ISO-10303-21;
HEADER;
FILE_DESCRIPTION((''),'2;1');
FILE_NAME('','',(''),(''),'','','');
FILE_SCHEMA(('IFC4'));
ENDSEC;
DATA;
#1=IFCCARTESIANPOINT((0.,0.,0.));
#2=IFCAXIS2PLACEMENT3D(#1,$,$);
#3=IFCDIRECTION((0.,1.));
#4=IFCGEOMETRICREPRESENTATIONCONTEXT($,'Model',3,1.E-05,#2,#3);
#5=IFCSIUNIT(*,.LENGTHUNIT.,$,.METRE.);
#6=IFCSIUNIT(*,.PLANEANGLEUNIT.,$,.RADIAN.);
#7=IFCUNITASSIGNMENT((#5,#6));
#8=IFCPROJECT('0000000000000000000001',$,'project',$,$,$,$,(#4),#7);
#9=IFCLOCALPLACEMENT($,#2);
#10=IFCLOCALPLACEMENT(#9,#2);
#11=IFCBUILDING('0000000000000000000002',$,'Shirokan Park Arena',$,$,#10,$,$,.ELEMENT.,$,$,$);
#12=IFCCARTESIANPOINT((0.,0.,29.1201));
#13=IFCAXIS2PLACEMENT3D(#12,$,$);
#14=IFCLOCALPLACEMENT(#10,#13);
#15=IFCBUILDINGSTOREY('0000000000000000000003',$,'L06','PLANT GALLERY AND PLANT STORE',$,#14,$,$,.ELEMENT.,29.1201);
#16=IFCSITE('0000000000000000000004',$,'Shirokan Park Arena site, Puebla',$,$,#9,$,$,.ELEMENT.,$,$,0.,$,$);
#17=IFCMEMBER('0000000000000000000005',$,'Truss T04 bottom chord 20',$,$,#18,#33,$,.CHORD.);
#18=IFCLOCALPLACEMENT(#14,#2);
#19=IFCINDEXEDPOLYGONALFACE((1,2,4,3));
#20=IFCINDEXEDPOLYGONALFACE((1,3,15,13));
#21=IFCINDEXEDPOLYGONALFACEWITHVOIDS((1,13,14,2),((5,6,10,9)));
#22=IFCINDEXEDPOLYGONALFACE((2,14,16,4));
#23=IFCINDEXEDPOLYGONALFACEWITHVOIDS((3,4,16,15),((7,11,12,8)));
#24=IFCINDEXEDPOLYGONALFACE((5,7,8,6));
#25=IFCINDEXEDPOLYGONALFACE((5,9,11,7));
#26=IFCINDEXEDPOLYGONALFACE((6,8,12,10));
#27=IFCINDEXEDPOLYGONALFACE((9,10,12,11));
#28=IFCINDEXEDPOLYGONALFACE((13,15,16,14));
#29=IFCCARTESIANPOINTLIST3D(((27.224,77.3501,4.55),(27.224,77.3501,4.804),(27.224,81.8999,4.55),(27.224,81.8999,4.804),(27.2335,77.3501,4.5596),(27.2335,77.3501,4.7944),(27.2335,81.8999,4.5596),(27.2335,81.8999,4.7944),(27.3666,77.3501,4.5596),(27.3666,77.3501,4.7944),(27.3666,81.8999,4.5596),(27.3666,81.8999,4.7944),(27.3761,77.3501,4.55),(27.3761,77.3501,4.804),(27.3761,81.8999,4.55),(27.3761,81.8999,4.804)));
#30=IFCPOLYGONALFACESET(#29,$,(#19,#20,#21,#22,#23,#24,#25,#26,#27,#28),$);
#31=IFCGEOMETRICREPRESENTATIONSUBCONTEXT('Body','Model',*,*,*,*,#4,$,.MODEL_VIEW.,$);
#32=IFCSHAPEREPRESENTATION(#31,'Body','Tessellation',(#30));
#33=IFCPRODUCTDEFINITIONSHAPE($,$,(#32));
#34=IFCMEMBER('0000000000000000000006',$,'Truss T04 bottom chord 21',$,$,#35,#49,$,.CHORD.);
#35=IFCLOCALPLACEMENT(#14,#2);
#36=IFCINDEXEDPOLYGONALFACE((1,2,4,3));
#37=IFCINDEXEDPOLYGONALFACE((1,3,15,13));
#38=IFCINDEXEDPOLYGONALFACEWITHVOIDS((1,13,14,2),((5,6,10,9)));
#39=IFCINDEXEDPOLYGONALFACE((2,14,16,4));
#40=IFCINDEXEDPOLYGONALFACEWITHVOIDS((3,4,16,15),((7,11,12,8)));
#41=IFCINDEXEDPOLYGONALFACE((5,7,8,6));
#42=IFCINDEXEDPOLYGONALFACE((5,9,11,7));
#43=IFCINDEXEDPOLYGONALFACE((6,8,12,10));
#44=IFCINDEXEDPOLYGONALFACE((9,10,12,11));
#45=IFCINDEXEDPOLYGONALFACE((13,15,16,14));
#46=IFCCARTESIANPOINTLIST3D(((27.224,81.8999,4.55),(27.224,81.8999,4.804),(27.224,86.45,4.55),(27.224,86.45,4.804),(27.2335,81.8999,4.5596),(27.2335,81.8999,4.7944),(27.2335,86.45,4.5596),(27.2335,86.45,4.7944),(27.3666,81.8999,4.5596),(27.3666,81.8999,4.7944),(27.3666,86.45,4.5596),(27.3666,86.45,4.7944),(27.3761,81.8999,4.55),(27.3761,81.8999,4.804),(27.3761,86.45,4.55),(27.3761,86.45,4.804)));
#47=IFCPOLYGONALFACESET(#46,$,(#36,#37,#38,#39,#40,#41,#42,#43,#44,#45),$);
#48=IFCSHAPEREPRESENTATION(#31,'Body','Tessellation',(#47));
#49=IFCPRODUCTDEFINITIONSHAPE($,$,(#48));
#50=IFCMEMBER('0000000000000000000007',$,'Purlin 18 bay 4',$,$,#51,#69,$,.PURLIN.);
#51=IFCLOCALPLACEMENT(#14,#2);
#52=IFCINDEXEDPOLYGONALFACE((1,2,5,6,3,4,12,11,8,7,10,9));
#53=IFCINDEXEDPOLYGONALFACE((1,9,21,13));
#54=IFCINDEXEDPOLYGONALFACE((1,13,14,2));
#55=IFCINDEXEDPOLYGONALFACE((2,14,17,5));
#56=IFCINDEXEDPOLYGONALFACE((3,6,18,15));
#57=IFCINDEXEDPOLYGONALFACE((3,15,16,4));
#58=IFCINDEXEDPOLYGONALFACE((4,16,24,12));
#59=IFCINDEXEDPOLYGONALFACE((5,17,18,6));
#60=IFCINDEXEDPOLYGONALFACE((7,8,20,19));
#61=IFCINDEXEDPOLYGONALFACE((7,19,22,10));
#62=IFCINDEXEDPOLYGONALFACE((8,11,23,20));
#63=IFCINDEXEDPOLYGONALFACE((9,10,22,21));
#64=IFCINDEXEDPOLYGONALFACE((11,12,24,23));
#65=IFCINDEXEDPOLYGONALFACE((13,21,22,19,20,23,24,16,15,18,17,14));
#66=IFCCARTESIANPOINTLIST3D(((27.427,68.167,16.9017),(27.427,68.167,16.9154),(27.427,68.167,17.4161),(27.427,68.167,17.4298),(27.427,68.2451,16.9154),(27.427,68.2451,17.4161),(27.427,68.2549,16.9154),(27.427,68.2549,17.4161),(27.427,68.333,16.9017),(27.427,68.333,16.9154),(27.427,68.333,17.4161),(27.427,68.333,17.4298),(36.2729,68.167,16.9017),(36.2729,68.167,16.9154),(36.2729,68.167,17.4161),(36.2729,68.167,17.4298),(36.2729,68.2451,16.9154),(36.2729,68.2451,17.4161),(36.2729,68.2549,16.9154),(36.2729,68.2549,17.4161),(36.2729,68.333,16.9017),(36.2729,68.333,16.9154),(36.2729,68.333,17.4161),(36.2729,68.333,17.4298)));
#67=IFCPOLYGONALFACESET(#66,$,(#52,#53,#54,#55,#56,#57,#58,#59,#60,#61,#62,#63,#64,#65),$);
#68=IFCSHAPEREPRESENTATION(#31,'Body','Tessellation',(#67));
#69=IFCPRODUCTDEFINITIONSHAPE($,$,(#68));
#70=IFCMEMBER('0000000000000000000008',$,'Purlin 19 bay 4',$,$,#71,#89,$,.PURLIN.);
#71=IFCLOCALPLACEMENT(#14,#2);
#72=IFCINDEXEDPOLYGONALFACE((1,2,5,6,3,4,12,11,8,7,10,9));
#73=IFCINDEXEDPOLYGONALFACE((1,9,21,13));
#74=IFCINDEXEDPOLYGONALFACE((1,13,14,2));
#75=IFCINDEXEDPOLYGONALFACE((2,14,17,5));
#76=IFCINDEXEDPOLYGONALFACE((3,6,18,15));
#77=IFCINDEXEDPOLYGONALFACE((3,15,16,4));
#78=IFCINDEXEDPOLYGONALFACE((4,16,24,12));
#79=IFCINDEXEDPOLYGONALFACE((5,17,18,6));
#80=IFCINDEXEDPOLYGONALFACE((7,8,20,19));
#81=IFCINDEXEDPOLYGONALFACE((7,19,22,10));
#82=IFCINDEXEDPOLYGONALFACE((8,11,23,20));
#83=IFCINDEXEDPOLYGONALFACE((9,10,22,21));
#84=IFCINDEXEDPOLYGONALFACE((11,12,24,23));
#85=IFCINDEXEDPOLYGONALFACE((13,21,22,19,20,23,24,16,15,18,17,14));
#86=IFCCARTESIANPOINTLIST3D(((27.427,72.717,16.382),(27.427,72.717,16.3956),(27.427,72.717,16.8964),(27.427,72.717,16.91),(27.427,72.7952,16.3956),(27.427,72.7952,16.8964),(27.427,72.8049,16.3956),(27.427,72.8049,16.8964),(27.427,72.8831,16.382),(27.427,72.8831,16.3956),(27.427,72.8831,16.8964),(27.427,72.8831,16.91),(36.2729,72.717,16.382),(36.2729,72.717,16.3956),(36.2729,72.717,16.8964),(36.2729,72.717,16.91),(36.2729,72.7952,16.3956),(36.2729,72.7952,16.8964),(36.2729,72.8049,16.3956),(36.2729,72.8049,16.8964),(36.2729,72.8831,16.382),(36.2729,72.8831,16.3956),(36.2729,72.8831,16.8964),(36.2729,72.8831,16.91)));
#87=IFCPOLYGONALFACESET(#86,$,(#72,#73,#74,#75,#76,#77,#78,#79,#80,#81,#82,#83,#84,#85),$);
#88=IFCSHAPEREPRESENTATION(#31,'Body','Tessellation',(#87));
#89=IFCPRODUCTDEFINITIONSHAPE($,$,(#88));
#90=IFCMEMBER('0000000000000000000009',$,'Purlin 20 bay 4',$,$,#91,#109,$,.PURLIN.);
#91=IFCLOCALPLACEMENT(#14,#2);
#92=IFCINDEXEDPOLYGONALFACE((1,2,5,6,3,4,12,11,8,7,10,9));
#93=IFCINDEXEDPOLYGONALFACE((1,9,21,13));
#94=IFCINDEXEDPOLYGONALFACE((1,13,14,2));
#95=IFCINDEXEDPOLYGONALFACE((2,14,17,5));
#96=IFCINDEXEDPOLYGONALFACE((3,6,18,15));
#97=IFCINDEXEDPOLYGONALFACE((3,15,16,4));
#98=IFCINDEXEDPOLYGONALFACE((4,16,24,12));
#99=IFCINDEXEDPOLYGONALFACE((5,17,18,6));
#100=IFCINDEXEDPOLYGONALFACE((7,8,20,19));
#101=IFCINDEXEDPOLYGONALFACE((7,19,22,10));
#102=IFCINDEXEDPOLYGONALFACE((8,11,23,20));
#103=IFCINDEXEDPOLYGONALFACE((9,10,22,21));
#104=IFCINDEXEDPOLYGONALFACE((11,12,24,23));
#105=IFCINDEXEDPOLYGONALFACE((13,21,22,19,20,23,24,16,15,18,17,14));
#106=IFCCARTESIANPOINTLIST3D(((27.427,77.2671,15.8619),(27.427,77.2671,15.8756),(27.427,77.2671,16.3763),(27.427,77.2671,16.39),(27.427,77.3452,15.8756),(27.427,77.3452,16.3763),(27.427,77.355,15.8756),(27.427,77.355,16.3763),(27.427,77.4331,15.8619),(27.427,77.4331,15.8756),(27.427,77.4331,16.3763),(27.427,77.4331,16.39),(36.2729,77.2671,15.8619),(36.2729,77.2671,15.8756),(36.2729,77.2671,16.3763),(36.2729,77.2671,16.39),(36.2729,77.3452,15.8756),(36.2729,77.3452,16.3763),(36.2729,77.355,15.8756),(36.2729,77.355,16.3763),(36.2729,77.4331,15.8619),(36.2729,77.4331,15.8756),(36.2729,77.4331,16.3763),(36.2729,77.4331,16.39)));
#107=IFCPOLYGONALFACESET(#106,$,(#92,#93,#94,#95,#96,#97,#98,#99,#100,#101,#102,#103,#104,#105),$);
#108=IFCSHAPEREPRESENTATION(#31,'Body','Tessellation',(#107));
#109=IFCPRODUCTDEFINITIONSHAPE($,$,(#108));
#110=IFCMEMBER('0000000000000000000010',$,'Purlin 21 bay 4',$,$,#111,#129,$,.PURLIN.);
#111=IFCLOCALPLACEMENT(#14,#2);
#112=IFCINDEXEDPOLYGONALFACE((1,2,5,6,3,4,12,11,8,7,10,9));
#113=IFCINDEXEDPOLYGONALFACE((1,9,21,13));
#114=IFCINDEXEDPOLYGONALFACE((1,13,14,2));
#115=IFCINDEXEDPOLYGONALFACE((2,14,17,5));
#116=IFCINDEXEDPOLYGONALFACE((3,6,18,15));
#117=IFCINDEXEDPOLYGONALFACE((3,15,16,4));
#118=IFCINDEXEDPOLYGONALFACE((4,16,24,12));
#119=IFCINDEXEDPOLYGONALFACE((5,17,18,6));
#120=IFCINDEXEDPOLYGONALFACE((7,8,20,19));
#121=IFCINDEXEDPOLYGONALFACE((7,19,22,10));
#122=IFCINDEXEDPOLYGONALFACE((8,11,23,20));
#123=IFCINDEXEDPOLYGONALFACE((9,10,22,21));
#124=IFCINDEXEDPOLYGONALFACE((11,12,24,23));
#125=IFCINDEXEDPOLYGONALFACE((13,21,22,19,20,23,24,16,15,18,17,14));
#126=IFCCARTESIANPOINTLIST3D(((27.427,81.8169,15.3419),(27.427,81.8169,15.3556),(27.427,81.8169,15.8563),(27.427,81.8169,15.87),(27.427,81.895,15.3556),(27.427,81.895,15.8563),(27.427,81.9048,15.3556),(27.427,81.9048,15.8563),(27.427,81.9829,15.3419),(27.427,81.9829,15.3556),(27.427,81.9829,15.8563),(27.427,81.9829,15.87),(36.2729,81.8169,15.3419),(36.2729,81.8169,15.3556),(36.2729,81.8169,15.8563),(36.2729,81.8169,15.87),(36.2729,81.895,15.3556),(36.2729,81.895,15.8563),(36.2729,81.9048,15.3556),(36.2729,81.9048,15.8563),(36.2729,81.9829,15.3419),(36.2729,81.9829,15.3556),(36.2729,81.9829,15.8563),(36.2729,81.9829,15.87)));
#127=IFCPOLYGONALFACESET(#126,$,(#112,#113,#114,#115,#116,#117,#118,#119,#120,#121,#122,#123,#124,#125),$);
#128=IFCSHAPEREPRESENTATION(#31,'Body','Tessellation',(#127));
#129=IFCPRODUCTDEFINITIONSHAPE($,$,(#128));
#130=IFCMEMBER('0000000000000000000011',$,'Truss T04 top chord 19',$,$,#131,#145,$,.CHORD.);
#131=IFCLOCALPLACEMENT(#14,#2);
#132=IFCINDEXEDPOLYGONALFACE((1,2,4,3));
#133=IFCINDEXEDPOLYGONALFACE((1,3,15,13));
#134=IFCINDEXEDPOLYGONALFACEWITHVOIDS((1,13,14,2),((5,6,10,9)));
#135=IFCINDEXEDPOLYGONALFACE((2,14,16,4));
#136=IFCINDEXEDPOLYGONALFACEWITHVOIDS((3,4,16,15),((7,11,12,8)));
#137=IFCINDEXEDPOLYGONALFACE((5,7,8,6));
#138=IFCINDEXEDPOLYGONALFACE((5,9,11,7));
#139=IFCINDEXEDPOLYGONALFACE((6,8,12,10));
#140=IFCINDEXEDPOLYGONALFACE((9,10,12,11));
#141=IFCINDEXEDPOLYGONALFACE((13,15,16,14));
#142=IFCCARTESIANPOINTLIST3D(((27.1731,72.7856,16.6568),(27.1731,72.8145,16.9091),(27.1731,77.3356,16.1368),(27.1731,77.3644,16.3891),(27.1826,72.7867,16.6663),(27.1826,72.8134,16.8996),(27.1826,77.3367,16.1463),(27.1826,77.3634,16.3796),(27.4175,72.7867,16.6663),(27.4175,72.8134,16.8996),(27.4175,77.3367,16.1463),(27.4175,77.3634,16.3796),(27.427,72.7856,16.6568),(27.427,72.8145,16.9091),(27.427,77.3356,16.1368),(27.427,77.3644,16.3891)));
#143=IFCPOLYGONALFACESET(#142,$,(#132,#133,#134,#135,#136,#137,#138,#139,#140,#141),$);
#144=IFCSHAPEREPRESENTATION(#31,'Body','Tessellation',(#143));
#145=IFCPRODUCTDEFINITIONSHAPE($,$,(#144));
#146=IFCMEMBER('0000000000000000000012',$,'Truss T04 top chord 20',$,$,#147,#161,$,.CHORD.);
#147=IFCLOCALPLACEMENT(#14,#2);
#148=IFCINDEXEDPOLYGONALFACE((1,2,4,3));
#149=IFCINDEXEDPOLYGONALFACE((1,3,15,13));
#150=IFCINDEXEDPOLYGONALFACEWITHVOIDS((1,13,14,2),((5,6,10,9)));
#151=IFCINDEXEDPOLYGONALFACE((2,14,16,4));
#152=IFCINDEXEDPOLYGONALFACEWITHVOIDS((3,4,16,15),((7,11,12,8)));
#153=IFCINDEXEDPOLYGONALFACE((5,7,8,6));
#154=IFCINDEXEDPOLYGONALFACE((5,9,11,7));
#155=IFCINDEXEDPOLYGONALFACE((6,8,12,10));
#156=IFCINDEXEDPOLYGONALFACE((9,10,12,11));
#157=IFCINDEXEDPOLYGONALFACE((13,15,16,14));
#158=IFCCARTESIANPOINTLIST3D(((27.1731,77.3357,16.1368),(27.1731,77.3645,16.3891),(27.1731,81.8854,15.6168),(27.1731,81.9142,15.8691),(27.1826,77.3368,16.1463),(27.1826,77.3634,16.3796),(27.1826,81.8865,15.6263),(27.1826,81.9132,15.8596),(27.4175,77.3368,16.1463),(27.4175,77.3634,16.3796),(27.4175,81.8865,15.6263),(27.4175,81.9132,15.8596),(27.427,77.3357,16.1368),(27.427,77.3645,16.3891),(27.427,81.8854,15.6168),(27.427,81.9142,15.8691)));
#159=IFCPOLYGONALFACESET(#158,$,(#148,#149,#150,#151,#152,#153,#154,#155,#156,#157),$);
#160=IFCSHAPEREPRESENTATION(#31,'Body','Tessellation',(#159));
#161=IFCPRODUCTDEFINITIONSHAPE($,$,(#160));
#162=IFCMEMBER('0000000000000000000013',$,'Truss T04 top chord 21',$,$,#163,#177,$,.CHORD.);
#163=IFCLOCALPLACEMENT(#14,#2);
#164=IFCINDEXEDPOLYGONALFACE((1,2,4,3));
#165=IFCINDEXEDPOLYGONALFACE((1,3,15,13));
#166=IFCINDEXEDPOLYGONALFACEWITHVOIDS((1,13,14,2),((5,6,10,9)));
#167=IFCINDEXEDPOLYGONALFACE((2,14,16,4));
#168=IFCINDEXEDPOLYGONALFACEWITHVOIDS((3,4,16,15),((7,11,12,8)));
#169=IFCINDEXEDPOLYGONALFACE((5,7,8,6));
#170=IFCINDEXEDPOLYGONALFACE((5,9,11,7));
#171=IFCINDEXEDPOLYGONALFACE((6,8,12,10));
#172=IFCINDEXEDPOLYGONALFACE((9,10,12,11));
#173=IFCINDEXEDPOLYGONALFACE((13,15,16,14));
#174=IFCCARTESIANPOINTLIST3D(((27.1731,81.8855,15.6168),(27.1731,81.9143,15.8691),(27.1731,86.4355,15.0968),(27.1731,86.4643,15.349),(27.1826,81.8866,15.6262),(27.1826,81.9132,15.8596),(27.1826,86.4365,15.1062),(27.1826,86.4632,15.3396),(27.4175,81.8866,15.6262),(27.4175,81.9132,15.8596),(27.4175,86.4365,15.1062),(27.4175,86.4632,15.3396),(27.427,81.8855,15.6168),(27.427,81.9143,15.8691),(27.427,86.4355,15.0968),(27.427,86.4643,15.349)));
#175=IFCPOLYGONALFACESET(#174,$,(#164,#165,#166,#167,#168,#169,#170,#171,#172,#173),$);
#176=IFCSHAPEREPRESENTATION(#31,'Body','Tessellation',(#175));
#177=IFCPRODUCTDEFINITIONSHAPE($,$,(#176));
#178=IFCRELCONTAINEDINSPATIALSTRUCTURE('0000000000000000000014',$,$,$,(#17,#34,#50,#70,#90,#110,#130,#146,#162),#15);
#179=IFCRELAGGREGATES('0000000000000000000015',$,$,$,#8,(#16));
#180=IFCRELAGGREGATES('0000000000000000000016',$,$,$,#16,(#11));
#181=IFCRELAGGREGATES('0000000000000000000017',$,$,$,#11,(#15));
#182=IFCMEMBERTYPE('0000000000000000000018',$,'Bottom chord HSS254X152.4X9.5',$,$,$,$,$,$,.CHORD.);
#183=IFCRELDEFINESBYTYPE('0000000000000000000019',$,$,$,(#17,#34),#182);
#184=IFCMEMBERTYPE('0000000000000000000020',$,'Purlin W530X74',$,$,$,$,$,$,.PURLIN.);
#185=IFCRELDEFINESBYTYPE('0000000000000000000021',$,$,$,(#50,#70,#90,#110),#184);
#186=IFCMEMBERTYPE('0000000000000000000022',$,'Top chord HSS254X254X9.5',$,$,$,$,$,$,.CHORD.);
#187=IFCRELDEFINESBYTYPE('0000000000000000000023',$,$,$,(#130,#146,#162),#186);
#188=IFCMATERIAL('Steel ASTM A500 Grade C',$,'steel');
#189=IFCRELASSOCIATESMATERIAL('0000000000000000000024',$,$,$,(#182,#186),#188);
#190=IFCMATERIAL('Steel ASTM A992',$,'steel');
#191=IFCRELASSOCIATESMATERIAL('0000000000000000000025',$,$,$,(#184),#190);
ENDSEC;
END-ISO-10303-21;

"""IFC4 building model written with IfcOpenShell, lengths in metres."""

from ifc_helpers import new_model, si_unit, direction, frame, origin, origin_2d, place, context, subcontext, project, spatial, hollow_rectangle, i_section, extrude, material, material_profile, profile_set, type_object, element, save


model = new_model("IFC4")

# Units and contexts
model_context = context("Model", 3, precision=1e-05, world=origin(), true_north=direction((0.0, 1.0)))
body_context = subcontext(model_context, "Body", "Model", "MODEL_VIEW")
ifc_project = project(units=[si_unit("LENGTHUNIT", "METRE"), si_unit("PLANEANGLEUNIT", "RADIAN")], contexts=[model_context])

# Site, building, storey
site_placement = place(None, origin())
site = spatial("IfcSite", under=ifc_project, at=site_placement, Name="Shirokan Park Arena site, Puebla", CompositionType="ELEMENT", RefElevation=0.0)
building_placement = place(site_placement, origin())
building = spatial("IfcBuilding", under=site, at=building_placement, Name="Shirokan Park Arena", CompositionType="ELEMENT")
storey_placement = place(building_placement, frame((0.0, 0.0, 29.1201)))
storey = spatial("IfcBuildingStorey", under=building, at=storey_placement, Name="L06", Description="PLANT GALLERY AND PLANT STORE", CompositionType="ELEMENT", Elevation=29.1201)

# Members
ifc_material_1 = material(Name="Steel ASTM A500 Grade C", Category="steel")
ifc_material_profile_1 = material_profile(ifc_material_1, hollow_rectangle(XDim=0.1521, YDim=0.2539, WallThickness=0.0095, at=origin_2d()), Name="HSS254X152.4X9.5")
ifc_profile_set_1 = profile_set([ifc_material_profile_1], Name="Steel ASTM A500 Grade C")
member_type_1 = type_object("IfcMemberType", Name="Bottom chord HSS254X152.4X9.5", PredefinedType="CHORD", material=ifc_profile_set_1)
member_1_placement = place(storey_placement, frame((27.3, 77.3501, 4.677), z_axis=(0.0, 1.0, 0.0), x_axis=(-1.0, 0.0, 0.0)))
element("IfcMember", 1, at=member_1_placement, inside=storey, type_object=member_type_1, Name="Truss T04 bottom chord 20", PredefinedType="CHORD", context=body_context, shape_type="SweptSolid", body=[
    extrude(hollow_rectangle(XDim=0.1521, YDim=0.2539, WallThickness=0.0095, at=origin_2d()), origin(), (0.0, 0.0, 1.0), 4.5498),
])
member_2_placement = place(storey_placement, frame((27.3, 81.8999, 4.677), z_axis=(0.0, 1.0, 0.0), x_axis=(-1.0, 0.0, 0.0)))
element("IfcMember", 2, at=member_2_placement, inside=storey, type_object=member_type_1, Name="Truss T04 bottom chord 21", PredefinedType="CHORD", context=body_context, shape_type="SweptSolid", body=[
    extrude(hollow_rectangle(XDim=0.1521, YDim=0.2539, WallThickness=0.0095, at=origin_2d()), origin(), (0.0, 0.0, 1.0), 4.55),
])
ifc_material_2 = material(Name="Steel ASTM A992", Category="steel")
ifc_material_profile_2 = material_profile(ifc_material_2, i_section(OverallWidth=0.166, OverallDepth=0.5281, WebThickness=0.0098, FlangeThickness=0.0137, at=origin_2d()), Name="W530X74")
ifc_profile_set_2 = profile_set([ifc_material_profile_2], Name="Steel ASTM A992")
member_type_2 = type_object("IfcMemberType", Name="Purlin W530X74", PredefinedType="PURLIN", material=ifc_profile_set_2)
for number, where, z_axis, x_axis, name in (
    (3, (27.427, 68.25, 17.1658), (1.0, 0.0, 0.0), (0.0, 1.0, 0.0), "Purlin 18 bay 4"),
    (4, (27.427, 72.8, 16.646), (1.0, 0.0, 0.0), (0.0, 1.0, 0.0), "Purlin 19 bay 4"),
    (5, (27.427, 77.3501, 16.126), (1.0, 0.0, 0.0), (0.0, 1.0, 0.0), "Purlin 20 bay 4"),
    (6, (27.427, 81.8999, 15.606), (1.0, 0.0, 0.0), (0.0, 1.0, 0.0), "Purlin 21 bay 4"),
):
    element("IfcMember", number, at=place(storey_placement, frame(where, z_axis=z_axis, x_axis=x_axis)), inside=storey, type_object=member_type_2, Name=name, PredefinedType="PURLIN", context=body_context, shape_type="SweptSolid", body=[
        extrude(i_section(OverallWidth=0.166, OverallDepth=0.5281, WebThickness=0.0098, FlangeThickness=0.0137, at=origin_2d()), origin(), (0.0, 0.0, 1.0), 8.8459),
    ])
ifc_material_profile_3 = material_profile(ifc_material_1, hollow_rectangle(XDim=0.2539, YDim=0.2539, WallThickness=0.0095, at=origin_2d()), Name="HSS254X254X9.5")
ifc_profile_set_3 = profile_set([ifc_material_profile_3], Name="Steel ASTM A500 Grade C")
member_type_3 = type_object("IfcMemberType", Name="Top chord HSS254X254X9.5", PredefinedType="CHORD", material=ifc_profile_set_3)
member_3_placement = place(storey_placement, frame((27.3, 72.8, 16.783), z_axis=(0.0, 0.993532, -0.11355), x_axis=(-1.0, 0.0, 0.0)))
element("IfcMember", 7, at=member_3_placement, inside=storey, type_object=member_type_3, Name="Truss T04 top chord 19", PredefinedType="CHORD", context=body_context, shape_type="SweptSolid", body=[
    extrude(hollow_rectangle(XDim=0.2539, YDim=0.2539, WallThickness=0.0095, at=origin_2d()), origin(), (0.0, 0.0, 1.0), 4.5796),
])
member_4_placement = place(storey_placement, frame((27.3, 77.3501, 16.2629), z_axis=(0.0, 0.993532, -0.113556), x_axis=(-1.0, 0.0, 0.0)))
element("IfcMember", 8, at=member_4_placement, inside=storey, type_object=member_type_3, Name="Truss T04 top chord 20", PredefinedType="CHORD", context=body_context, shape_type="SweptSolid", body=[
    extrude(hollow_rectangle(XDim=0.2539, YDim=0.2539, WallThickness=0.0095, at=origin_2d()), origin(), (0.0, 0.0, 1.0), 4.5793),
])
member_5_placement = place(storey_placement, frame((27.3, 81.8999, 15.7429), z_axis=(0.0, 0.993532, -0.11355), x_axis=(-1.0, 0.0, 0.0)))
element("IfcMember", 9, at=member_5_placement, inside=storey, type_object=member_type_3, Name="Truss T04 top chord 21", PredefinedType="CHORD", context=body_context, shape_type="SweptSolid", body=[
    extrude(hollow_rectangle(XDim=0.2539, YDim=0.2539, WallThickness=0.0095, at=origin_2d()), origin(), (0.0, 0.0, 1.0), 4.5796),
])

save(model, "model.ifc")
